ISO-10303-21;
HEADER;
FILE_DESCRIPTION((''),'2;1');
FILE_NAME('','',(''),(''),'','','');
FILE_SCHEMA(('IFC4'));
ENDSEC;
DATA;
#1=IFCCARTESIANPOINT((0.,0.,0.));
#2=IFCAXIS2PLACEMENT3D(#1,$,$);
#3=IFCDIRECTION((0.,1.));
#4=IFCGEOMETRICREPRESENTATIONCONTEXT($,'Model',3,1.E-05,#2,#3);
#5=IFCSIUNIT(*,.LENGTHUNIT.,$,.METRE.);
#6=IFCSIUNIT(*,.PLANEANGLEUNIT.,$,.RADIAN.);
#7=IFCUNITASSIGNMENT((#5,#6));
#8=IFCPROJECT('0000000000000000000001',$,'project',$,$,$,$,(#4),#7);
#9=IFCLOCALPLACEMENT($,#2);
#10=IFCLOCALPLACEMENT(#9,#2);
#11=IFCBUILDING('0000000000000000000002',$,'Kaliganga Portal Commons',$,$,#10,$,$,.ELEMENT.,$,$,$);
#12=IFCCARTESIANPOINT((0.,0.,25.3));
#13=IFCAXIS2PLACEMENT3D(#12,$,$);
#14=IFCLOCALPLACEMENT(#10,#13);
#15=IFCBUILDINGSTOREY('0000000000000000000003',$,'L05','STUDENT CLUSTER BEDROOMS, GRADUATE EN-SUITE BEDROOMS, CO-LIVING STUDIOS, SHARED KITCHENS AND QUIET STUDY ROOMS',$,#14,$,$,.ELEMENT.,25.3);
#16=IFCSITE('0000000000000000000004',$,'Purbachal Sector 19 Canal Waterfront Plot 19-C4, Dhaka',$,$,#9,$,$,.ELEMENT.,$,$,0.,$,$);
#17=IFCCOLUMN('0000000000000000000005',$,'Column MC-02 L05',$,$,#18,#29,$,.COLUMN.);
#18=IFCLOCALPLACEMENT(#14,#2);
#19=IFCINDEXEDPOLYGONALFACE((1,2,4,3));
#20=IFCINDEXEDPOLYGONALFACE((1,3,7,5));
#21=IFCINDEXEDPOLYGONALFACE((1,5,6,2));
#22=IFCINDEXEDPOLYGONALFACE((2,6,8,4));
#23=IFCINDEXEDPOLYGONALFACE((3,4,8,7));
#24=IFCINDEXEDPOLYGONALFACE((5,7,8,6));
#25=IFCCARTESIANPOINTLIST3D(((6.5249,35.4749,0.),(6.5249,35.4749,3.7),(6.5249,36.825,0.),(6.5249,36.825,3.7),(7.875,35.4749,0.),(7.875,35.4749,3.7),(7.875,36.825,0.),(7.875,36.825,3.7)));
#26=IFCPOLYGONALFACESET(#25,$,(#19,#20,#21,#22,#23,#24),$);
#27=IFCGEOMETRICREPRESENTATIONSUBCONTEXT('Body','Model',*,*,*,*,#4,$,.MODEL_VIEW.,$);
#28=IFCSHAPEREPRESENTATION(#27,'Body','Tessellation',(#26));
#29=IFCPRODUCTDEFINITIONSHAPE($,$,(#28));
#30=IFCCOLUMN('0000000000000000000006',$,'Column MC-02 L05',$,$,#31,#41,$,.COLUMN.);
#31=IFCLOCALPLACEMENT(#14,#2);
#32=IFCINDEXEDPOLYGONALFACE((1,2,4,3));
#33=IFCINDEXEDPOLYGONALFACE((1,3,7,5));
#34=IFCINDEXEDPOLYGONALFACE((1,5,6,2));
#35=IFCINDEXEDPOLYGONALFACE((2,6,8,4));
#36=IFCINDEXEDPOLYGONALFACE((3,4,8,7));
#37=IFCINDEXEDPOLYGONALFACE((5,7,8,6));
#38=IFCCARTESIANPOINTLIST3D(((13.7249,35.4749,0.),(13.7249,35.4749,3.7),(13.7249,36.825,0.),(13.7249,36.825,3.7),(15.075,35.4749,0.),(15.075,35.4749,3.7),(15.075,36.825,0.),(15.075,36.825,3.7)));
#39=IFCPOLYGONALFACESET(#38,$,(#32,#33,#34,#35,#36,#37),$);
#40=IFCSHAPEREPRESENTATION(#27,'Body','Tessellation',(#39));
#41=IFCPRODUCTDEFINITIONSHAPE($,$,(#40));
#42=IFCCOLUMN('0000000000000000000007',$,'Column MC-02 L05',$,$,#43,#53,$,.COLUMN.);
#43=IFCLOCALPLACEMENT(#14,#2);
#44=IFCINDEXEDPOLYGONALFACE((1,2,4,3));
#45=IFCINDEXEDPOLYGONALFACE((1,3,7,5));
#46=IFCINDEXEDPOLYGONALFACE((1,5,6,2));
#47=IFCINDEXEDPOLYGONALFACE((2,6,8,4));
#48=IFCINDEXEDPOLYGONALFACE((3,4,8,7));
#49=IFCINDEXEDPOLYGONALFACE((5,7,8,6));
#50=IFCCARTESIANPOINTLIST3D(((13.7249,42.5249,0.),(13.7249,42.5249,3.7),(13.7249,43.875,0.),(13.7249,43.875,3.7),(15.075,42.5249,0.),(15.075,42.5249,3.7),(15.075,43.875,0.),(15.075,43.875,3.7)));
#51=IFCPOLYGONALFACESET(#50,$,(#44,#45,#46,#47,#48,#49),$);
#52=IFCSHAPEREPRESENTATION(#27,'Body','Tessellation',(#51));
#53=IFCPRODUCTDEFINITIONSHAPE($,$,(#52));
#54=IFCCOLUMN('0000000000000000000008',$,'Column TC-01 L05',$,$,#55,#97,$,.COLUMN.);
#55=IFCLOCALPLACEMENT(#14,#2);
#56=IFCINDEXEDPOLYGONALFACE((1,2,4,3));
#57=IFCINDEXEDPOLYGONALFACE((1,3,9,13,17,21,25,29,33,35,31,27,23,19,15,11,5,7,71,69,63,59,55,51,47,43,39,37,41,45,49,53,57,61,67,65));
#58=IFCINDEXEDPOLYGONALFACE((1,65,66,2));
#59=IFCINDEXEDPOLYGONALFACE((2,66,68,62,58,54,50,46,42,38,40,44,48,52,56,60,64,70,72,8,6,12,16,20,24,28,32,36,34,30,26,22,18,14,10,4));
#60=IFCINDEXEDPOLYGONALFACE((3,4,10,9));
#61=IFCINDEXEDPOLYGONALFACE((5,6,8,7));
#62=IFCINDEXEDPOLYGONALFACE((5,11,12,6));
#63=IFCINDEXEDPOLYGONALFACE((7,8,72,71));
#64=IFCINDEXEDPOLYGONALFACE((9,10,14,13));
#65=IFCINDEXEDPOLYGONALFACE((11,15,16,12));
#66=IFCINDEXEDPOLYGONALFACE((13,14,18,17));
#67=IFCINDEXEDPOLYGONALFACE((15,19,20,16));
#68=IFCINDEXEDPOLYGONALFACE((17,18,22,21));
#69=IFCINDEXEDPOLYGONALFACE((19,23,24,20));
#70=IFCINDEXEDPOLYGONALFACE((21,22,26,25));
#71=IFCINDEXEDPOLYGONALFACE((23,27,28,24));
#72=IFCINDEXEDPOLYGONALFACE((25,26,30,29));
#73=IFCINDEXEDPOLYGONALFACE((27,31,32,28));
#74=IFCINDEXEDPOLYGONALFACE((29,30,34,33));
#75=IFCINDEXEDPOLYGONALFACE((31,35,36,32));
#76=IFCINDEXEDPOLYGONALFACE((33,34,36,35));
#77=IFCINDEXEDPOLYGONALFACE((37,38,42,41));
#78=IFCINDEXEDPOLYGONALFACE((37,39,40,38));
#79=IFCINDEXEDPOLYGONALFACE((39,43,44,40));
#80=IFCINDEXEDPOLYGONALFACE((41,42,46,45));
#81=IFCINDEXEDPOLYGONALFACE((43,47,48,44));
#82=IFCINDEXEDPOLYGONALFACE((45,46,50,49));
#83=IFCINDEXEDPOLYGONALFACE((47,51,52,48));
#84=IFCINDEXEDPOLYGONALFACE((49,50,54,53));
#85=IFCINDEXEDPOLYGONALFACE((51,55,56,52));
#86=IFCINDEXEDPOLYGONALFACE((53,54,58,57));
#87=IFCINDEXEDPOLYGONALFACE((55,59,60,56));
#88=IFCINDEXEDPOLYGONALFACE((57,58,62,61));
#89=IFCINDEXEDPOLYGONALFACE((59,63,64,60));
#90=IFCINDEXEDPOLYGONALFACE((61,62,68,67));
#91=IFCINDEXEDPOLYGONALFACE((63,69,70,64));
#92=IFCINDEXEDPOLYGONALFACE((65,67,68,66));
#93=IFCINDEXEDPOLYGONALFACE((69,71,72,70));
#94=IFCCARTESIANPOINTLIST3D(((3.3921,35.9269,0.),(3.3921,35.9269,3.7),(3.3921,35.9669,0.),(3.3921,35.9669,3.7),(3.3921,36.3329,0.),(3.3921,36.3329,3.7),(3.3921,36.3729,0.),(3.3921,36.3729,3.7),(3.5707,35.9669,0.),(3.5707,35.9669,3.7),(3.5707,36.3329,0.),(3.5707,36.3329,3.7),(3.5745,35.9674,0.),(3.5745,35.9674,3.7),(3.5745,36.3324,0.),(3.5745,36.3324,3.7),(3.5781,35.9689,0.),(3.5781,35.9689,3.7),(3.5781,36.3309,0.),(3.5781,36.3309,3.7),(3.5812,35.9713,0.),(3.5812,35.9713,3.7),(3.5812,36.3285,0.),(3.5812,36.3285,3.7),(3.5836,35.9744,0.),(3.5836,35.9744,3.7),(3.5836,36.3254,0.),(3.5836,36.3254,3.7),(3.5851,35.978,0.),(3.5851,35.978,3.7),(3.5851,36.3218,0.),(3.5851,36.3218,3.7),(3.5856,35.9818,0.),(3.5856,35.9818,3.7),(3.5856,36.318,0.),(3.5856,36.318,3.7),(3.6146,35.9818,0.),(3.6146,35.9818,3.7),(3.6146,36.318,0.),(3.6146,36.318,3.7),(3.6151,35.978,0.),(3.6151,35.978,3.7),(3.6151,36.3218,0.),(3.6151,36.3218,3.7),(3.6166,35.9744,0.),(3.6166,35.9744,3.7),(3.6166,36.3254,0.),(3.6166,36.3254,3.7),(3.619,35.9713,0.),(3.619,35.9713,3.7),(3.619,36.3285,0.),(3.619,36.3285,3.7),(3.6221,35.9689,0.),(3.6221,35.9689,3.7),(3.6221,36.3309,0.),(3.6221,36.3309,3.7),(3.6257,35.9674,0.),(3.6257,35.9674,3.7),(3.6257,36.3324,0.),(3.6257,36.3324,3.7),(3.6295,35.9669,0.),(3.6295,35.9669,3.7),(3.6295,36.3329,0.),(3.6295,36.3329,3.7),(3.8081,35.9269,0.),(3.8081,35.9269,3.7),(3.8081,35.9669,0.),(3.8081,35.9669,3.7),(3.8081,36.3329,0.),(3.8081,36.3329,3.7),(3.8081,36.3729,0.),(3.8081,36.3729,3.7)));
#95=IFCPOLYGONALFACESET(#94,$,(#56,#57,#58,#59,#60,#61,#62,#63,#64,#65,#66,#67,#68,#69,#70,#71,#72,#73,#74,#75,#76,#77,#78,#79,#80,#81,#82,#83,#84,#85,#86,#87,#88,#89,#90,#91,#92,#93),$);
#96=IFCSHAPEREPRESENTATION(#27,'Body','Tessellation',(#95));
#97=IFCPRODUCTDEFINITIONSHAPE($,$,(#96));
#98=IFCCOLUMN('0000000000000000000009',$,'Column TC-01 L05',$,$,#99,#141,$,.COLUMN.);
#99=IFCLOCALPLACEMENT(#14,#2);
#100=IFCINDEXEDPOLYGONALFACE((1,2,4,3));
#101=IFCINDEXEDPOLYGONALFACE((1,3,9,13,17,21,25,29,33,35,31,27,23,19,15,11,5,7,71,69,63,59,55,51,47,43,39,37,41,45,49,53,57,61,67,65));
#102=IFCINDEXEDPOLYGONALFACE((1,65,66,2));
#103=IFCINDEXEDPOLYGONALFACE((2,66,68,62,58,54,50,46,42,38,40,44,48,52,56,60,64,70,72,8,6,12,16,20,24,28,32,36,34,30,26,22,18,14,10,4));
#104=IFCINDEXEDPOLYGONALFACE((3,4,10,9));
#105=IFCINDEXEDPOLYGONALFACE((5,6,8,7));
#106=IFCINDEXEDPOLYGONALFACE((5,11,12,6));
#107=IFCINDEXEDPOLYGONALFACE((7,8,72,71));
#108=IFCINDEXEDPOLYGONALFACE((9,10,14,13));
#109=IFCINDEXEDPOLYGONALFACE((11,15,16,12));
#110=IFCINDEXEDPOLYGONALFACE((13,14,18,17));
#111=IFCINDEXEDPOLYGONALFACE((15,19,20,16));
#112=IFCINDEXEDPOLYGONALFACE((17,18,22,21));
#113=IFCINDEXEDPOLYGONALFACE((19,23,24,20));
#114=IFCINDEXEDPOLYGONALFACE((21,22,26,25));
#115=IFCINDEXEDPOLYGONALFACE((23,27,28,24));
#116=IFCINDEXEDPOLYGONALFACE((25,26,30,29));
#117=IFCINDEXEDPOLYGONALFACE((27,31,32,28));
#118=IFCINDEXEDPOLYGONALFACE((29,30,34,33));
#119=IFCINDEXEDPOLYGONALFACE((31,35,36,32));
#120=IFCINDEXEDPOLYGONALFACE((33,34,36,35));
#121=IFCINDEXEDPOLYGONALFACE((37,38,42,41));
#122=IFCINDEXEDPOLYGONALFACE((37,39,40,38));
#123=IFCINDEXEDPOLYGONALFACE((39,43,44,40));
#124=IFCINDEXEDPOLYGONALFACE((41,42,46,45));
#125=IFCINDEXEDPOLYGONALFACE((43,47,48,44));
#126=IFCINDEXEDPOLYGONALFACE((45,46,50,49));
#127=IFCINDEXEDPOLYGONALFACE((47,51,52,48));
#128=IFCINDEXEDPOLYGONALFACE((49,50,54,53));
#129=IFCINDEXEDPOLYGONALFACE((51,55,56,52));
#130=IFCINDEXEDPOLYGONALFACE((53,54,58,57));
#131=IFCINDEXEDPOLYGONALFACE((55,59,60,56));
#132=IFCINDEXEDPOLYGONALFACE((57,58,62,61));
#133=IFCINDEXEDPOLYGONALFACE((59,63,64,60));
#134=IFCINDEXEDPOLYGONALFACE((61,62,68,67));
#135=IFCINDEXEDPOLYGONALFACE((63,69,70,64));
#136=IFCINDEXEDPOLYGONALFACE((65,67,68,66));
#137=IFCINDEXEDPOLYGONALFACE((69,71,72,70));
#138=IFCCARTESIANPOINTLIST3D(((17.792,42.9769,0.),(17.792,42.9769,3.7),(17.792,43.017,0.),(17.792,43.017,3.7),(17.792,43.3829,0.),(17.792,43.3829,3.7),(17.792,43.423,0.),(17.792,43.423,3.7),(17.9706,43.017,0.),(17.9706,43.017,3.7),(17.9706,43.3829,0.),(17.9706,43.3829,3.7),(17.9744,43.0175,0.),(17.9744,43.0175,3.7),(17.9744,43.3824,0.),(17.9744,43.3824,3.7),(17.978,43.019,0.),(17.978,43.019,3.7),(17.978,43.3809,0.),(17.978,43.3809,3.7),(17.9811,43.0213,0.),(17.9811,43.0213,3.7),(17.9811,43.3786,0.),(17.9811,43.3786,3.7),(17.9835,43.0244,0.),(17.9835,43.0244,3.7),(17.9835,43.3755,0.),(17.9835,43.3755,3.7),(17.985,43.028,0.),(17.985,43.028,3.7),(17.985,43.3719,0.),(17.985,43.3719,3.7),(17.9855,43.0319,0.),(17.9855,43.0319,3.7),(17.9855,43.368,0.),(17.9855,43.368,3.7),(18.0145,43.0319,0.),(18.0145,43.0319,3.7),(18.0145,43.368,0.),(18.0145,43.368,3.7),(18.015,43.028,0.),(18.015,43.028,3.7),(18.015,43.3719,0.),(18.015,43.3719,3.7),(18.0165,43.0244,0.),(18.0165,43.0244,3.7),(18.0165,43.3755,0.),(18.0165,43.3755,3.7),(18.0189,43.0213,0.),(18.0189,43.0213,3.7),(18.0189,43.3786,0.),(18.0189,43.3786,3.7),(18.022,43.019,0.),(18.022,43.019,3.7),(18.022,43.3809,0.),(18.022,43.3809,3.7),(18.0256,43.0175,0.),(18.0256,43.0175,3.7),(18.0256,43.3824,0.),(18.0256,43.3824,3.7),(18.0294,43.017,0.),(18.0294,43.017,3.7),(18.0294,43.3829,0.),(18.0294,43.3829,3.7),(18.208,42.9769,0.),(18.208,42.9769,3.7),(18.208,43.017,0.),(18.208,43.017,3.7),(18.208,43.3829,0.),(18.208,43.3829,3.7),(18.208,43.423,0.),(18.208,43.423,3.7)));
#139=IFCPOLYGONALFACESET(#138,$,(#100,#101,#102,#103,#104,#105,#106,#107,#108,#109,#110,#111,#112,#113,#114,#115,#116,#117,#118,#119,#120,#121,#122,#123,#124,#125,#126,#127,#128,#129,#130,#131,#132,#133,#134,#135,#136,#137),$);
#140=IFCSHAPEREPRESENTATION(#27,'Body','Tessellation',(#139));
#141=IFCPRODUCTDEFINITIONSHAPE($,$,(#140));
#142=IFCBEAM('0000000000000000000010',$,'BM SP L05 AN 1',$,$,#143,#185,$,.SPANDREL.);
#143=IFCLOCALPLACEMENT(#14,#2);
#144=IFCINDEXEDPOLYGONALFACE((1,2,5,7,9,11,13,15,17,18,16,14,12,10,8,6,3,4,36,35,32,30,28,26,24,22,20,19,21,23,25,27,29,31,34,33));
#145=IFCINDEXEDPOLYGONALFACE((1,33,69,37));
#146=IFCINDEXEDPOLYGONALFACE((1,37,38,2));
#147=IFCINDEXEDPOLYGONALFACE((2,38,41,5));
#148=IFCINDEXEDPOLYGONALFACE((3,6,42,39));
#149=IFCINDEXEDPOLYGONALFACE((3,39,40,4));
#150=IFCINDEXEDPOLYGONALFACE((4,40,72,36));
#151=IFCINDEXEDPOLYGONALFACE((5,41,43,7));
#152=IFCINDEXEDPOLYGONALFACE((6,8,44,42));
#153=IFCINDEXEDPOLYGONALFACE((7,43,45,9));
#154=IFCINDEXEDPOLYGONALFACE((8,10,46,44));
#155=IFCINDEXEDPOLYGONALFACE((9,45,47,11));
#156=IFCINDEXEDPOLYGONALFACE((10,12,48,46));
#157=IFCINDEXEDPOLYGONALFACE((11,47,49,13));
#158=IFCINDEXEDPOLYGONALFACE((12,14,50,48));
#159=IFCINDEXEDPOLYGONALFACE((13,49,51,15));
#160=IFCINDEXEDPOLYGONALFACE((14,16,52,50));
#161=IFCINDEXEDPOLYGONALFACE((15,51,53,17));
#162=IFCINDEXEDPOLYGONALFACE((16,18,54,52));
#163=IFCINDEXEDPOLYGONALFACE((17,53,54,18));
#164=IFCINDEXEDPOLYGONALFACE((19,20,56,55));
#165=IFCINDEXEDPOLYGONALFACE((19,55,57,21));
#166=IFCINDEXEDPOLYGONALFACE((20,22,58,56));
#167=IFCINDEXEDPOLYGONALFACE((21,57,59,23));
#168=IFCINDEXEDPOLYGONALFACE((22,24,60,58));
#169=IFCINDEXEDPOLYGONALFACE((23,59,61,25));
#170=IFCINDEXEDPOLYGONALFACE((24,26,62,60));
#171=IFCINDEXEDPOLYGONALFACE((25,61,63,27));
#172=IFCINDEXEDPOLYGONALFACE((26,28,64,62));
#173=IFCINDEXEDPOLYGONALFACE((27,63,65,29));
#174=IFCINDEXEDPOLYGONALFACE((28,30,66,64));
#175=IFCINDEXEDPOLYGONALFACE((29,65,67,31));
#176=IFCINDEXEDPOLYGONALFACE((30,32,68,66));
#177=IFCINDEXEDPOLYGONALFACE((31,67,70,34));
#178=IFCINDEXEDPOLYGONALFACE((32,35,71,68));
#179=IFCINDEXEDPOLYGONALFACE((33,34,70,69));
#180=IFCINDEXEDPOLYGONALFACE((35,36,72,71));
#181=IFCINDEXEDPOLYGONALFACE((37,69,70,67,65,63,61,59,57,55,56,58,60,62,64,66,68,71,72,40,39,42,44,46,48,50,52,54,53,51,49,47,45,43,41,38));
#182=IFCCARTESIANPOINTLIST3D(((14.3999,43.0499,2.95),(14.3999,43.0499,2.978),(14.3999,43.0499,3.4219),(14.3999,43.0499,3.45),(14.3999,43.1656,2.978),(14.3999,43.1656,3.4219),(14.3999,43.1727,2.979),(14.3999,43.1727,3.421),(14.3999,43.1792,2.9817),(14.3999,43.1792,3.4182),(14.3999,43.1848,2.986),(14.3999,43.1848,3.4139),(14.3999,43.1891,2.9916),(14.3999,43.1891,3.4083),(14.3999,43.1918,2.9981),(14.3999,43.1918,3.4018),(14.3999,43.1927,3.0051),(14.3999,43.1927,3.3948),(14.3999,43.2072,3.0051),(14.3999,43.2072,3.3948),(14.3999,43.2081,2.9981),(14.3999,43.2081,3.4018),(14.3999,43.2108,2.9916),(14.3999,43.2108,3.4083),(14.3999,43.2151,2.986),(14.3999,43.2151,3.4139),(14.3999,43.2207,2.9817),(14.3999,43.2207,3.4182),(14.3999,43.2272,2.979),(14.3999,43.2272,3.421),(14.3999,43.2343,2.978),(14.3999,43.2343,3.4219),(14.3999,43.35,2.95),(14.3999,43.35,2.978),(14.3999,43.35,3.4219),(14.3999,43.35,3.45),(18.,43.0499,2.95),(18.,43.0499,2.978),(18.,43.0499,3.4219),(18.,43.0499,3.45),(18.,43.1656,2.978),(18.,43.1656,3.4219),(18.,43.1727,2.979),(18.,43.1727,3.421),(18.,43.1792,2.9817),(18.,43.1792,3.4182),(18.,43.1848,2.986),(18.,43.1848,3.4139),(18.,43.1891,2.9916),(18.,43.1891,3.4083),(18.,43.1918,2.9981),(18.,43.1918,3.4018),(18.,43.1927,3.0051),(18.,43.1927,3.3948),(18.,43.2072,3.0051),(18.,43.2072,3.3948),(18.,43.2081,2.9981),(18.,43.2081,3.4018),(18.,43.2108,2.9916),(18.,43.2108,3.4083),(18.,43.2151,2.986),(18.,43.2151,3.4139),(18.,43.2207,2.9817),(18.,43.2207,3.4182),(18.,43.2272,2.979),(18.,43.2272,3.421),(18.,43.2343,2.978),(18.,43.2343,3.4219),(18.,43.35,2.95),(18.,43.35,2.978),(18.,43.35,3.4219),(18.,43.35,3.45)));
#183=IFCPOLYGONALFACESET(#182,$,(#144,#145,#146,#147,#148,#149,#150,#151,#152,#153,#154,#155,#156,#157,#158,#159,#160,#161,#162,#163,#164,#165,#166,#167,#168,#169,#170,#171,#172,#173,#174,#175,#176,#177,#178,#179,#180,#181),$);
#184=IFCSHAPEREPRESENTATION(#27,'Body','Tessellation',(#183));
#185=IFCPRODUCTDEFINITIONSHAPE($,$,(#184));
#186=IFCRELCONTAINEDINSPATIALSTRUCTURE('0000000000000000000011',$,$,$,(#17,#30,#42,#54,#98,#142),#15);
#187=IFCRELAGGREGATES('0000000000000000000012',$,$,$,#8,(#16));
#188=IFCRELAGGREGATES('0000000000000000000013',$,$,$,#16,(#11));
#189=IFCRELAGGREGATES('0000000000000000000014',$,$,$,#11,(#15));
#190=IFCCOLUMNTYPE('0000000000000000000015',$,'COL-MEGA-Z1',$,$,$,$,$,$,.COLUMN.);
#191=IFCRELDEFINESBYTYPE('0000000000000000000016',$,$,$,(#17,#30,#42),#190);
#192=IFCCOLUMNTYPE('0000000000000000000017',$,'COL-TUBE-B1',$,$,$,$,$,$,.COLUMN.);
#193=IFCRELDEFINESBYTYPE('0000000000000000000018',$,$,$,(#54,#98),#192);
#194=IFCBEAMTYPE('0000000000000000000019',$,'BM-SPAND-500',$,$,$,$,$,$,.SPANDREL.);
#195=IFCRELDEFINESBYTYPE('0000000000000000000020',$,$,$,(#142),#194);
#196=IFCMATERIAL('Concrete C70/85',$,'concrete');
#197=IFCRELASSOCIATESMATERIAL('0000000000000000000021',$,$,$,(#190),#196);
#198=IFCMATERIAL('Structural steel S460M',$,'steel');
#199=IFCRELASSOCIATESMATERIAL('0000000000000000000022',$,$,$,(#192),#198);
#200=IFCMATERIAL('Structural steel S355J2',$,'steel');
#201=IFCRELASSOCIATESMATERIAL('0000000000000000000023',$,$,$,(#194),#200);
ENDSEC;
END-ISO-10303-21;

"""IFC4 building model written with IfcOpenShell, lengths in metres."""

from ifc_helpers import new_model, si_unit, direction, frame, origin, origin_2d, place, context, subcontext, project, spatial, rectangle, i_section, extrude, source, transform, mapped, material, material_profile, profile_set, type_object, element, save


model = new_model("IFC4")

# Units and contexts
model_context = context("Model", 3, precision=1e-05, world=origin(), true_north=direction((0.0, 1.0)))
body_context = subcontext(model_context, "Body", "Model", "MODEL_VIEW")
ifc_project = project(units=[si_unit("LENGTHUNIT", "METRE"), si_unit("PLANEANGLEUNIT", "RADIAN")], contexts=[model_context])

# Site, building, storey
site_placement = place(None, origin())
site = spatial("IfcSite", under=ifc_project, at=site_placement, Name="Purbachal Sector 19 Canal Waterfront Plot 19-C4, Dhaka", CompositionType="ELEMENT", RefElevation=0.0)
building_placement = place(site_placement, origin())
building = spatial("IfcBuilding", under=site, at=building_placement, Name="Kaliganga Portal Commons", CompositionType="ELEMENT")
storey_placement = place(building_placement, frame((0.0, 0.0, 25.3)))
storey = spatial("IfcBuildingStorey", under=building, at=storey_placement, Name="L05", Description="STUDENT CLUSTER BEDROOMS, GRADUATE EN-SUITE BEDROOMS, CO-LIVING STUDIOS, SHARED KITCHENS AND QUIET STUDY ROOMS", CompositionType="ELEMENT", Elevation=25.3)

# Columns
ifc_material_1 = material(Name="Concrete C70/85", Category="concrete")
ifc_material_profile_1 = material_profile(ifc_material_1, rectangle(XDim=1.3501, YDim=1.3501, at=origin_2d()), Name="RC 1350x1350")
ifc_profile_set_1 = profile_set([ifc_material_profile_1], Name="Concrete C70/85")
column_type_1 = type_object("IfcColumnType", Name="COL-MEGA-Z1", PredefinedType="COLUMN", material=ifc_profile_set_1)
shared_shape_1 = source(origin(), body_context, "Body", "SweptSolid", [
    extrude(rectangle(XDim=1.3501, YDim=1.3501, at=origin_2d()), origin(), (0.0, 0.0, 1.0), 3.7),
])
for number, where, z_axis, x_axis, name in (
    (1, (7.2, 36.1499, 0.0), (0.0, 0.0, 1.0), (1.0, 0.0, 0.0), "Column MC-02 L05"),
    (2, (14.3999, 36.1499, 0.0), (0.0, 0.0, 1.0), (1.0, 0.0, 0.0), "Column MC-02 L05"),
    (3, (14.3999, 43.2, 0.0), (0.0, 0.0, 1.0), (1.0, 0.0, 0.0), "Column MC-02 L05"),
):
    element("IfcColumn", number, at=place(storey_placement, frame(where, z_axis=z_axis, x_axis=x_axis)), inside=storey, type_object=column_type_1, Name=name, PredefinedType="COLUMN", context=body_context, shape_type="MappedRepresentation", body=[
        mapped(shared_shape_1, transform((0.0, 0.0, 0.0), x_axis=(1.0, 0.0, 0.0), y_axis=(0.0, 1.0, 0.0), z_axis=(0.0, 0.0, 1.0), scale=1.0)),
    ])
ifc_material_2 = material(Name="Structural steel S460M", Category="steel")
ifc_material_profile_2 = material_profile(ifc_material_2, i_section(OverallWidth=0.416, OverallDepth=0.446, WebThickness=0.0291, FlangeThickness=0.04, FilletRadius=0.0149, at=origin_2d()), Name="HD 400x509")
ifc_profile_set_2 = profile_set([ifc_material_profile_2], Name="Structural steel S460M wide-flange")
column_type_2 = type_object("IfcColumnType", Name="COL-TUBE-B1", PredefinedType="COLUMN", material=ifc_profile_set_2)
shared_shape_2 = source(origin(), body_context, "Body", "SweptSolid", [
    extrude(i_section(OverallWidth=0.416, OverallDepth=0.446, WebThickness=0.0291, FlangeThickness=0.04, FilletRadius=0.0149, at=origin_2d()), origin(), (0.0, 0.0, 1.0), 3.7),
])
for number, where, z_axis, x_axis, name in (
    (4, (3.6001, 36.1499, 0.0), (0.0, 0.0, 1.0), (1.0, 0.0, 0.0), "Column TC-01 L05"),
    (5, (18.0, 43.2, 0.0), (0.0, 0.0, 1.0), (1.0, 0.0, 0.0), "Column TC-01 L05"),
):
    element("IfcColumn", number, at=place(storey_placement, frame(where, z_axis=z_axis, x_axis=x_axis)), inside=storey, type_object=column_type_2, Name=name, PredefinedType="COLUMN", context=body_context, shape_type="MappedRepresentation", body=[
        mapped(shared_shape_2, transform((0.0, 0.0, 0.0), x_axis=(1.0, 0.0, 0.0), y_axis=(0.0, 1.0, 0.0), z_axis=(0.0, 0.0, 1.0), scale=1.0)),
    ])

# Beam
ifc_material_3 = material(Name="Structural steel S355J2", Category="steel")
ifc_material_profile_3 = material_profile(ifc_material_3, i_section(OverallWidth=0.3, OverallDepth=0.5, WebThickness=0.0144, FlangeThickness=0.0281, FilletRadius=0.0271, at=origin_2d()), Name="HE 500 B")
ifc_profile_set_3 = profile_set([ifc_material_profile_3], Name="Structural steel S355J2 wide-flange")
beam_type_1 = type_object("IfcBeamType", Name="BM-SPAND-500", PredefinedType="SPANDREL", material=ifc_profile_set_3)
shared_shape_3 = source(origin(), body_context, "Body", "SweptSolid", [
    extrude(i_section(OverallWidth=0.3, OverallDepth=0.5, WebThickness=0.0144, FlangeThickness=0.0281, FilletRadius=0.0271, at=origin_2d()), origin(), (0.0, 0.0, 1.0), 3.6001),
])
for number, where, z_axis, x_axis, name in (
    (6, (14.3999, 43.2, 3.2), (1.0, 0.0, 0.0), (0.0, 1.0, 0.0), "BM SP L05 AN 1"),
):
    element("IfcBeam", number, at=place(storey_placement, frame(where, z_axis=z_axis, x_axis=x_axis)), inside=storey, type_object=beam_type_1, Name=name, PredefinedType="SPANDREL", context=body_context, shape_type="MappedRepresentation", body=[
        mapped(shared_shape_3, transform((0.0, 0.0, 0.0), x_axis=(1.0, 0.0, 0.0), y_axis=(0.0, 1.0, 0.0), z_axis=(0.0, 0.0, 1.0), scale=1.0)),
    ])

save(model, "model.ifc")
